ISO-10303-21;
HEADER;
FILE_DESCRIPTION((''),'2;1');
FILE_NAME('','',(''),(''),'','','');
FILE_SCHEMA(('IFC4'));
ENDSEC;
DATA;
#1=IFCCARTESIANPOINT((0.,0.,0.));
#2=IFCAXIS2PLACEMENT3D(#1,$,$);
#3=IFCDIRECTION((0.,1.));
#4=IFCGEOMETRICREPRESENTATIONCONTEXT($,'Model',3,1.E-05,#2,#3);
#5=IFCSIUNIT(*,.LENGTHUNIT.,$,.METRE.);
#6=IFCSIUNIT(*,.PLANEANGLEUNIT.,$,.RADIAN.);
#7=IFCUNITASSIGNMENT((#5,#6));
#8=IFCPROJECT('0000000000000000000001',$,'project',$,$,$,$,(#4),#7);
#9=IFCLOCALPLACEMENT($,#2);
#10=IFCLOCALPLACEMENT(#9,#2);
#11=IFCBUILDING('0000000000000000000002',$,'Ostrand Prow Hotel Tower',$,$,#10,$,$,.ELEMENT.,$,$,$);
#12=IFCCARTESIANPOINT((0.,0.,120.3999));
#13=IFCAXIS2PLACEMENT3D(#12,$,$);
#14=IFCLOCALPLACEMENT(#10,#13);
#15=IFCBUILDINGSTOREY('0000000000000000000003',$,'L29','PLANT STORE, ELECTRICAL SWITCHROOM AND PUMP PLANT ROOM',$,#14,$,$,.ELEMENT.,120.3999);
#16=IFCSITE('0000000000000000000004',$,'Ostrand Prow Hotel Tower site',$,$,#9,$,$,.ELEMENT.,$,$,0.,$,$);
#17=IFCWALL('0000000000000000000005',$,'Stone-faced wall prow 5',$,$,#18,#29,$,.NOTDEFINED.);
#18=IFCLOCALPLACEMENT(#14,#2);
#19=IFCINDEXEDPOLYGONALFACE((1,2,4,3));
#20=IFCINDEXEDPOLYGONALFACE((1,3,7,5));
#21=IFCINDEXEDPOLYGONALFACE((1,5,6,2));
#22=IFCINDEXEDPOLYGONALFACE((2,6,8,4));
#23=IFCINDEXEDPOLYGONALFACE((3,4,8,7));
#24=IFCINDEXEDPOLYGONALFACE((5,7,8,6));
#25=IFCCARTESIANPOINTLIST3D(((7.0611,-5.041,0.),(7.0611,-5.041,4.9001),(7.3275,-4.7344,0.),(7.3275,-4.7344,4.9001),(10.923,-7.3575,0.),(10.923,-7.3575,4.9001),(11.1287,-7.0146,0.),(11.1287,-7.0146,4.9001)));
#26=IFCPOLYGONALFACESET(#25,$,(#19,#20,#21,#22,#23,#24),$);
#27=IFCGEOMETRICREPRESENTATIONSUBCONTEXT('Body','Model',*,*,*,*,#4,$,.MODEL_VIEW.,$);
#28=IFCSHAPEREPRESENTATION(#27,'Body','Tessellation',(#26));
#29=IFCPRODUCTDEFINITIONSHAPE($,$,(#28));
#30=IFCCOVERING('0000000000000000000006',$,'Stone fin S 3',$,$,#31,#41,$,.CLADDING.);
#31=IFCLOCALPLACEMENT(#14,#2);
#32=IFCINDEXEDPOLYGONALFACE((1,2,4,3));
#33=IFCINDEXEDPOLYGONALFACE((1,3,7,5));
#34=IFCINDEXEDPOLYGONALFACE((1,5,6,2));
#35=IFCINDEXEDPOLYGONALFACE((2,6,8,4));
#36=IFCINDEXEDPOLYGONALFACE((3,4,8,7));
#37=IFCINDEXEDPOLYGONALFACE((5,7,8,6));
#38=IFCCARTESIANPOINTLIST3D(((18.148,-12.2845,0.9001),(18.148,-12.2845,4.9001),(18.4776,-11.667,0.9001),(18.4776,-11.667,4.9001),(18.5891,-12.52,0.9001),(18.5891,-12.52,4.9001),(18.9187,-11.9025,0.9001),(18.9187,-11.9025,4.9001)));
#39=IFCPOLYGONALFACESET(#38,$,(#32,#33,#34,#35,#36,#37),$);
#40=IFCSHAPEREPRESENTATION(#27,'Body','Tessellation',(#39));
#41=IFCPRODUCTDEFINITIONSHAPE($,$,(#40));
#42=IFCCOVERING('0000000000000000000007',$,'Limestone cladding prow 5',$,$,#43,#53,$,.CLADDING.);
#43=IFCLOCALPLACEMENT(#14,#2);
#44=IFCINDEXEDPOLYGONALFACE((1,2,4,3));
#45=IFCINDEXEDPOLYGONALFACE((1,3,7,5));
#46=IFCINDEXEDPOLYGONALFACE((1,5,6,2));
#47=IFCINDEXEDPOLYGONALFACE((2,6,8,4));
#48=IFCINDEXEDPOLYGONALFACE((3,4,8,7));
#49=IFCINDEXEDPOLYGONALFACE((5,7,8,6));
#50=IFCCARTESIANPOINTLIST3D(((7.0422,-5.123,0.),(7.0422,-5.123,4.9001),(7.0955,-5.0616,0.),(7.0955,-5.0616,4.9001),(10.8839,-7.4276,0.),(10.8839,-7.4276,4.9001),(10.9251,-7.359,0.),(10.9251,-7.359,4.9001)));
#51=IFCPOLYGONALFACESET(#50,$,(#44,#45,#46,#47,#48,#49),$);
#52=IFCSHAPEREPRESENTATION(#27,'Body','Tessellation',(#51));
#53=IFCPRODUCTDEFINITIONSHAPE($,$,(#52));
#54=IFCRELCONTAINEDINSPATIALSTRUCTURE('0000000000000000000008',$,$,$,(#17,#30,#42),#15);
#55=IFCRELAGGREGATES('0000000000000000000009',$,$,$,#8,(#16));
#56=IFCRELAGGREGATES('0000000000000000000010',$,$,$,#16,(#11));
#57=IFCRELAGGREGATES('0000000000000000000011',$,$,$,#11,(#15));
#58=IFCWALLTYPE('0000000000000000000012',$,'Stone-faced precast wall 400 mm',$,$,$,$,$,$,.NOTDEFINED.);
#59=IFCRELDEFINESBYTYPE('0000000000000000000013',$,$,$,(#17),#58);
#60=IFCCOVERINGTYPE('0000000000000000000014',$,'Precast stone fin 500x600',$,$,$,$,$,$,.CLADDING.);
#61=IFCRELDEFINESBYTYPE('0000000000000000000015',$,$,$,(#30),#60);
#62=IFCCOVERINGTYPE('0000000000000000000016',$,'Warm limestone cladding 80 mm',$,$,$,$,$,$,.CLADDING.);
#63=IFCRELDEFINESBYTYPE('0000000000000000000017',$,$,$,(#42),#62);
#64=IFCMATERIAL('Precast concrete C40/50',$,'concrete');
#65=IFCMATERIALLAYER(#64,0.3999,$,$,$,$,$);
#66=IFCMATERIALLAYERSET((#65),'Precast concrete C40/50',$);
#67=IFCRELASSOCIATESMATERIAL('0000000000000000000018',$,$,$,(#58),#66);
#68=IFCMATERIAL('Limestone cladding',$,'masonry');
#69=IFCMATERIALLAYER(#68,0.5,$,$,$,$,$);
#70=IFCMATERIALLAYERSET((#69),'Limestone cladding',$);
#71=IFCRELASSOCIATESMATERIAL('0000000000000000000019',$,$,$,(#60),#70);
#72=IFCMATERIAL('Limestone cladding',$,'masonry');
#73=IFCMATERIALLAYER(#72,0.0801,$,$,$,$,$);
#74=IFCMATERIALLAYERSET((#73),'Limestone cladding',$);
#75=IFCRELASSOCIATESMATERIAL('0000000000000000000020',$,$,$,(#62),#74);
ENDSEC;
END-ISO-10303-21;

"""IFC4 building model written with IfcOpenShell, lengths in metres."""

from ifc_helpers import new_model, si_unit, direction, frame, frame_2d, origin, place, context, subcontext, project, spatial, polyline, rectangle, outline, extrude, material, layer, layer_set, type_object, element, save


model = new_model("IFC4")

# Units and contexts
model_context = context("Model", 3, precision=1e-05, world=origin(), true_north=direction((0.0, 1.0)))
body_context = subcontext(model_context, "Body", "Model", "MODEL_VIEW")
ifc_project = project(units=[si_unit("LENGTHUNIT", "METRE"), si_unit("PLANEANGLEUNIT", "RADIAN")], contexts=[model_context])

# Site, building, storey
site_placement = place(None, origin())
site = spatial("IfcSite", under=ifc_project, at=site_placement, Name="Ostrand Prow Hotel Tower site", CompositionType="ELEMENT", RefElevation=0.0)
building_placement = place(site_placement, origin())
building = spatial("IfcBuilding", under=site, at=building_placement, Name="Ostrand Prow Hotel Tower", CompositionType="ELEMENT")
storey_placement = place(building_placement, frame((0.0, 0.0, 120.3999)))
storey = spatial("IfcBuildingStorey", under=building, at=storey_placement, Name="L29", Description="PLANT STORE, ELECTRICAL SWITCHROOM AND PUMP PLANT ROOM", CompositionType="ELEMENT", Elevation=120.3999)

# Wall
ifc_material_1 = material(Name="Precast concrete C40/50", Category="concrete")
ifc_layer_1 = layer(ifc_material_1, 0.3999)
ifc_layer_set_1 = layer_set([ifc_layer_1], Name="Precast concrete C40/50")
wall_type_1 = type_object("IfcWallType", Name="Stone-faced precast wall 400 mm", PredefinedType="NOTDEFINED", material=ifc_layer_set_1)
wall_1_placement = place(storey_placement, frame((7.1943, -4.8877, 0.0), z_axis=(0.0, 0.0, 1.0), x_axis=(0.857551, -0.514399, 0.0)))
element("IfcWall", 1, at=wall_1_placement, inside=storey, type_object=wall_type_1, Name="Stone-faced wall prow 5", PredefinedType="NOTDEFINED", context=body_context, shape_type="SweptSolid", body=[
    extrude(outline(polyline([(-0.0354, -0.2), (4.468, -0.2), (4.468, 0.2), (0.0354, 0.2), (-0.0354, -0.2)])), origin(), (0.0, 0.0, 1.0), 4.9001),
])

# Coverings
ifc_material_2 = material(Name="Limestone cladding", Category="masonry")
ifc_layer_2 = layer(ifc_material_2, 0.5)
ifc_layer_set_2 = layer_set([ifc_layer_2], Name="Limestone cladding")
covering_type_1 = type_object("IfcCoveringType", Name="Precast stone fin 500x600", PredefinedType="CLADDING", material=ifc_layer_set_2)
covering_1_placement = place(storey_placement, frame((18.6982, -11.7847, 0.9001), z_axis=(0.0, 0.0, 1.0), x_axis=(-0.470914, -0.882179, 0.0)))
element("IfcCovering", 2, at=covering_1_placement, inside=storey, type_object=covering_type_1, Name="Stone fin S 3", PredefinedType="CLADDING", context=body_context, shape_type="SweptSolid", body=[
    extrude(rectangle(XDim=0.7, YDim=0.5, at=frame_2d((0.3501, 0.0))), origin(), (0.0, 0.0, 1.0), 4.0),
])
ifc_material_3 = material(Name="Limestone cladding", Category="masonry")
ifc_layer_3 = layer(ifc_material_3, 0.0801)
ifc_layer_set_3 = layer_set([ifc_layer_3], Name="Limestone cladding")
covering_type_2 = type_object("IfcCoveringType", Name="Warm limestone cladding 80 mm", PredefinedType="CLADDING", material=ifc_layer_set_3)
covering_2_placement = place(storey_placement, frame((7.0688, -5.0923, 0.0), z_axis=(0.0, 0.0, 1.0), x_axis=(0.857531, -0.514432, 0.0)))
element("IfcCovering", 3, at=covering_2_placement, inside=storey, type_object=covering_type_2, Name="Limestone cladding prow 5", PredefinedType="CLADDING", context=body_context, shape_type="SweptSolid", body=[
    extrude(outline(polyline([(-0.0071, -0.04), (4.4729, -0.04), (4.4729, 0.04), (0.0071, 0.04), (-0.0071, -0.04)])), origin(), (0.0, 0.0, 1.0), 4.9001),
])

save(model, "model.ifc")
